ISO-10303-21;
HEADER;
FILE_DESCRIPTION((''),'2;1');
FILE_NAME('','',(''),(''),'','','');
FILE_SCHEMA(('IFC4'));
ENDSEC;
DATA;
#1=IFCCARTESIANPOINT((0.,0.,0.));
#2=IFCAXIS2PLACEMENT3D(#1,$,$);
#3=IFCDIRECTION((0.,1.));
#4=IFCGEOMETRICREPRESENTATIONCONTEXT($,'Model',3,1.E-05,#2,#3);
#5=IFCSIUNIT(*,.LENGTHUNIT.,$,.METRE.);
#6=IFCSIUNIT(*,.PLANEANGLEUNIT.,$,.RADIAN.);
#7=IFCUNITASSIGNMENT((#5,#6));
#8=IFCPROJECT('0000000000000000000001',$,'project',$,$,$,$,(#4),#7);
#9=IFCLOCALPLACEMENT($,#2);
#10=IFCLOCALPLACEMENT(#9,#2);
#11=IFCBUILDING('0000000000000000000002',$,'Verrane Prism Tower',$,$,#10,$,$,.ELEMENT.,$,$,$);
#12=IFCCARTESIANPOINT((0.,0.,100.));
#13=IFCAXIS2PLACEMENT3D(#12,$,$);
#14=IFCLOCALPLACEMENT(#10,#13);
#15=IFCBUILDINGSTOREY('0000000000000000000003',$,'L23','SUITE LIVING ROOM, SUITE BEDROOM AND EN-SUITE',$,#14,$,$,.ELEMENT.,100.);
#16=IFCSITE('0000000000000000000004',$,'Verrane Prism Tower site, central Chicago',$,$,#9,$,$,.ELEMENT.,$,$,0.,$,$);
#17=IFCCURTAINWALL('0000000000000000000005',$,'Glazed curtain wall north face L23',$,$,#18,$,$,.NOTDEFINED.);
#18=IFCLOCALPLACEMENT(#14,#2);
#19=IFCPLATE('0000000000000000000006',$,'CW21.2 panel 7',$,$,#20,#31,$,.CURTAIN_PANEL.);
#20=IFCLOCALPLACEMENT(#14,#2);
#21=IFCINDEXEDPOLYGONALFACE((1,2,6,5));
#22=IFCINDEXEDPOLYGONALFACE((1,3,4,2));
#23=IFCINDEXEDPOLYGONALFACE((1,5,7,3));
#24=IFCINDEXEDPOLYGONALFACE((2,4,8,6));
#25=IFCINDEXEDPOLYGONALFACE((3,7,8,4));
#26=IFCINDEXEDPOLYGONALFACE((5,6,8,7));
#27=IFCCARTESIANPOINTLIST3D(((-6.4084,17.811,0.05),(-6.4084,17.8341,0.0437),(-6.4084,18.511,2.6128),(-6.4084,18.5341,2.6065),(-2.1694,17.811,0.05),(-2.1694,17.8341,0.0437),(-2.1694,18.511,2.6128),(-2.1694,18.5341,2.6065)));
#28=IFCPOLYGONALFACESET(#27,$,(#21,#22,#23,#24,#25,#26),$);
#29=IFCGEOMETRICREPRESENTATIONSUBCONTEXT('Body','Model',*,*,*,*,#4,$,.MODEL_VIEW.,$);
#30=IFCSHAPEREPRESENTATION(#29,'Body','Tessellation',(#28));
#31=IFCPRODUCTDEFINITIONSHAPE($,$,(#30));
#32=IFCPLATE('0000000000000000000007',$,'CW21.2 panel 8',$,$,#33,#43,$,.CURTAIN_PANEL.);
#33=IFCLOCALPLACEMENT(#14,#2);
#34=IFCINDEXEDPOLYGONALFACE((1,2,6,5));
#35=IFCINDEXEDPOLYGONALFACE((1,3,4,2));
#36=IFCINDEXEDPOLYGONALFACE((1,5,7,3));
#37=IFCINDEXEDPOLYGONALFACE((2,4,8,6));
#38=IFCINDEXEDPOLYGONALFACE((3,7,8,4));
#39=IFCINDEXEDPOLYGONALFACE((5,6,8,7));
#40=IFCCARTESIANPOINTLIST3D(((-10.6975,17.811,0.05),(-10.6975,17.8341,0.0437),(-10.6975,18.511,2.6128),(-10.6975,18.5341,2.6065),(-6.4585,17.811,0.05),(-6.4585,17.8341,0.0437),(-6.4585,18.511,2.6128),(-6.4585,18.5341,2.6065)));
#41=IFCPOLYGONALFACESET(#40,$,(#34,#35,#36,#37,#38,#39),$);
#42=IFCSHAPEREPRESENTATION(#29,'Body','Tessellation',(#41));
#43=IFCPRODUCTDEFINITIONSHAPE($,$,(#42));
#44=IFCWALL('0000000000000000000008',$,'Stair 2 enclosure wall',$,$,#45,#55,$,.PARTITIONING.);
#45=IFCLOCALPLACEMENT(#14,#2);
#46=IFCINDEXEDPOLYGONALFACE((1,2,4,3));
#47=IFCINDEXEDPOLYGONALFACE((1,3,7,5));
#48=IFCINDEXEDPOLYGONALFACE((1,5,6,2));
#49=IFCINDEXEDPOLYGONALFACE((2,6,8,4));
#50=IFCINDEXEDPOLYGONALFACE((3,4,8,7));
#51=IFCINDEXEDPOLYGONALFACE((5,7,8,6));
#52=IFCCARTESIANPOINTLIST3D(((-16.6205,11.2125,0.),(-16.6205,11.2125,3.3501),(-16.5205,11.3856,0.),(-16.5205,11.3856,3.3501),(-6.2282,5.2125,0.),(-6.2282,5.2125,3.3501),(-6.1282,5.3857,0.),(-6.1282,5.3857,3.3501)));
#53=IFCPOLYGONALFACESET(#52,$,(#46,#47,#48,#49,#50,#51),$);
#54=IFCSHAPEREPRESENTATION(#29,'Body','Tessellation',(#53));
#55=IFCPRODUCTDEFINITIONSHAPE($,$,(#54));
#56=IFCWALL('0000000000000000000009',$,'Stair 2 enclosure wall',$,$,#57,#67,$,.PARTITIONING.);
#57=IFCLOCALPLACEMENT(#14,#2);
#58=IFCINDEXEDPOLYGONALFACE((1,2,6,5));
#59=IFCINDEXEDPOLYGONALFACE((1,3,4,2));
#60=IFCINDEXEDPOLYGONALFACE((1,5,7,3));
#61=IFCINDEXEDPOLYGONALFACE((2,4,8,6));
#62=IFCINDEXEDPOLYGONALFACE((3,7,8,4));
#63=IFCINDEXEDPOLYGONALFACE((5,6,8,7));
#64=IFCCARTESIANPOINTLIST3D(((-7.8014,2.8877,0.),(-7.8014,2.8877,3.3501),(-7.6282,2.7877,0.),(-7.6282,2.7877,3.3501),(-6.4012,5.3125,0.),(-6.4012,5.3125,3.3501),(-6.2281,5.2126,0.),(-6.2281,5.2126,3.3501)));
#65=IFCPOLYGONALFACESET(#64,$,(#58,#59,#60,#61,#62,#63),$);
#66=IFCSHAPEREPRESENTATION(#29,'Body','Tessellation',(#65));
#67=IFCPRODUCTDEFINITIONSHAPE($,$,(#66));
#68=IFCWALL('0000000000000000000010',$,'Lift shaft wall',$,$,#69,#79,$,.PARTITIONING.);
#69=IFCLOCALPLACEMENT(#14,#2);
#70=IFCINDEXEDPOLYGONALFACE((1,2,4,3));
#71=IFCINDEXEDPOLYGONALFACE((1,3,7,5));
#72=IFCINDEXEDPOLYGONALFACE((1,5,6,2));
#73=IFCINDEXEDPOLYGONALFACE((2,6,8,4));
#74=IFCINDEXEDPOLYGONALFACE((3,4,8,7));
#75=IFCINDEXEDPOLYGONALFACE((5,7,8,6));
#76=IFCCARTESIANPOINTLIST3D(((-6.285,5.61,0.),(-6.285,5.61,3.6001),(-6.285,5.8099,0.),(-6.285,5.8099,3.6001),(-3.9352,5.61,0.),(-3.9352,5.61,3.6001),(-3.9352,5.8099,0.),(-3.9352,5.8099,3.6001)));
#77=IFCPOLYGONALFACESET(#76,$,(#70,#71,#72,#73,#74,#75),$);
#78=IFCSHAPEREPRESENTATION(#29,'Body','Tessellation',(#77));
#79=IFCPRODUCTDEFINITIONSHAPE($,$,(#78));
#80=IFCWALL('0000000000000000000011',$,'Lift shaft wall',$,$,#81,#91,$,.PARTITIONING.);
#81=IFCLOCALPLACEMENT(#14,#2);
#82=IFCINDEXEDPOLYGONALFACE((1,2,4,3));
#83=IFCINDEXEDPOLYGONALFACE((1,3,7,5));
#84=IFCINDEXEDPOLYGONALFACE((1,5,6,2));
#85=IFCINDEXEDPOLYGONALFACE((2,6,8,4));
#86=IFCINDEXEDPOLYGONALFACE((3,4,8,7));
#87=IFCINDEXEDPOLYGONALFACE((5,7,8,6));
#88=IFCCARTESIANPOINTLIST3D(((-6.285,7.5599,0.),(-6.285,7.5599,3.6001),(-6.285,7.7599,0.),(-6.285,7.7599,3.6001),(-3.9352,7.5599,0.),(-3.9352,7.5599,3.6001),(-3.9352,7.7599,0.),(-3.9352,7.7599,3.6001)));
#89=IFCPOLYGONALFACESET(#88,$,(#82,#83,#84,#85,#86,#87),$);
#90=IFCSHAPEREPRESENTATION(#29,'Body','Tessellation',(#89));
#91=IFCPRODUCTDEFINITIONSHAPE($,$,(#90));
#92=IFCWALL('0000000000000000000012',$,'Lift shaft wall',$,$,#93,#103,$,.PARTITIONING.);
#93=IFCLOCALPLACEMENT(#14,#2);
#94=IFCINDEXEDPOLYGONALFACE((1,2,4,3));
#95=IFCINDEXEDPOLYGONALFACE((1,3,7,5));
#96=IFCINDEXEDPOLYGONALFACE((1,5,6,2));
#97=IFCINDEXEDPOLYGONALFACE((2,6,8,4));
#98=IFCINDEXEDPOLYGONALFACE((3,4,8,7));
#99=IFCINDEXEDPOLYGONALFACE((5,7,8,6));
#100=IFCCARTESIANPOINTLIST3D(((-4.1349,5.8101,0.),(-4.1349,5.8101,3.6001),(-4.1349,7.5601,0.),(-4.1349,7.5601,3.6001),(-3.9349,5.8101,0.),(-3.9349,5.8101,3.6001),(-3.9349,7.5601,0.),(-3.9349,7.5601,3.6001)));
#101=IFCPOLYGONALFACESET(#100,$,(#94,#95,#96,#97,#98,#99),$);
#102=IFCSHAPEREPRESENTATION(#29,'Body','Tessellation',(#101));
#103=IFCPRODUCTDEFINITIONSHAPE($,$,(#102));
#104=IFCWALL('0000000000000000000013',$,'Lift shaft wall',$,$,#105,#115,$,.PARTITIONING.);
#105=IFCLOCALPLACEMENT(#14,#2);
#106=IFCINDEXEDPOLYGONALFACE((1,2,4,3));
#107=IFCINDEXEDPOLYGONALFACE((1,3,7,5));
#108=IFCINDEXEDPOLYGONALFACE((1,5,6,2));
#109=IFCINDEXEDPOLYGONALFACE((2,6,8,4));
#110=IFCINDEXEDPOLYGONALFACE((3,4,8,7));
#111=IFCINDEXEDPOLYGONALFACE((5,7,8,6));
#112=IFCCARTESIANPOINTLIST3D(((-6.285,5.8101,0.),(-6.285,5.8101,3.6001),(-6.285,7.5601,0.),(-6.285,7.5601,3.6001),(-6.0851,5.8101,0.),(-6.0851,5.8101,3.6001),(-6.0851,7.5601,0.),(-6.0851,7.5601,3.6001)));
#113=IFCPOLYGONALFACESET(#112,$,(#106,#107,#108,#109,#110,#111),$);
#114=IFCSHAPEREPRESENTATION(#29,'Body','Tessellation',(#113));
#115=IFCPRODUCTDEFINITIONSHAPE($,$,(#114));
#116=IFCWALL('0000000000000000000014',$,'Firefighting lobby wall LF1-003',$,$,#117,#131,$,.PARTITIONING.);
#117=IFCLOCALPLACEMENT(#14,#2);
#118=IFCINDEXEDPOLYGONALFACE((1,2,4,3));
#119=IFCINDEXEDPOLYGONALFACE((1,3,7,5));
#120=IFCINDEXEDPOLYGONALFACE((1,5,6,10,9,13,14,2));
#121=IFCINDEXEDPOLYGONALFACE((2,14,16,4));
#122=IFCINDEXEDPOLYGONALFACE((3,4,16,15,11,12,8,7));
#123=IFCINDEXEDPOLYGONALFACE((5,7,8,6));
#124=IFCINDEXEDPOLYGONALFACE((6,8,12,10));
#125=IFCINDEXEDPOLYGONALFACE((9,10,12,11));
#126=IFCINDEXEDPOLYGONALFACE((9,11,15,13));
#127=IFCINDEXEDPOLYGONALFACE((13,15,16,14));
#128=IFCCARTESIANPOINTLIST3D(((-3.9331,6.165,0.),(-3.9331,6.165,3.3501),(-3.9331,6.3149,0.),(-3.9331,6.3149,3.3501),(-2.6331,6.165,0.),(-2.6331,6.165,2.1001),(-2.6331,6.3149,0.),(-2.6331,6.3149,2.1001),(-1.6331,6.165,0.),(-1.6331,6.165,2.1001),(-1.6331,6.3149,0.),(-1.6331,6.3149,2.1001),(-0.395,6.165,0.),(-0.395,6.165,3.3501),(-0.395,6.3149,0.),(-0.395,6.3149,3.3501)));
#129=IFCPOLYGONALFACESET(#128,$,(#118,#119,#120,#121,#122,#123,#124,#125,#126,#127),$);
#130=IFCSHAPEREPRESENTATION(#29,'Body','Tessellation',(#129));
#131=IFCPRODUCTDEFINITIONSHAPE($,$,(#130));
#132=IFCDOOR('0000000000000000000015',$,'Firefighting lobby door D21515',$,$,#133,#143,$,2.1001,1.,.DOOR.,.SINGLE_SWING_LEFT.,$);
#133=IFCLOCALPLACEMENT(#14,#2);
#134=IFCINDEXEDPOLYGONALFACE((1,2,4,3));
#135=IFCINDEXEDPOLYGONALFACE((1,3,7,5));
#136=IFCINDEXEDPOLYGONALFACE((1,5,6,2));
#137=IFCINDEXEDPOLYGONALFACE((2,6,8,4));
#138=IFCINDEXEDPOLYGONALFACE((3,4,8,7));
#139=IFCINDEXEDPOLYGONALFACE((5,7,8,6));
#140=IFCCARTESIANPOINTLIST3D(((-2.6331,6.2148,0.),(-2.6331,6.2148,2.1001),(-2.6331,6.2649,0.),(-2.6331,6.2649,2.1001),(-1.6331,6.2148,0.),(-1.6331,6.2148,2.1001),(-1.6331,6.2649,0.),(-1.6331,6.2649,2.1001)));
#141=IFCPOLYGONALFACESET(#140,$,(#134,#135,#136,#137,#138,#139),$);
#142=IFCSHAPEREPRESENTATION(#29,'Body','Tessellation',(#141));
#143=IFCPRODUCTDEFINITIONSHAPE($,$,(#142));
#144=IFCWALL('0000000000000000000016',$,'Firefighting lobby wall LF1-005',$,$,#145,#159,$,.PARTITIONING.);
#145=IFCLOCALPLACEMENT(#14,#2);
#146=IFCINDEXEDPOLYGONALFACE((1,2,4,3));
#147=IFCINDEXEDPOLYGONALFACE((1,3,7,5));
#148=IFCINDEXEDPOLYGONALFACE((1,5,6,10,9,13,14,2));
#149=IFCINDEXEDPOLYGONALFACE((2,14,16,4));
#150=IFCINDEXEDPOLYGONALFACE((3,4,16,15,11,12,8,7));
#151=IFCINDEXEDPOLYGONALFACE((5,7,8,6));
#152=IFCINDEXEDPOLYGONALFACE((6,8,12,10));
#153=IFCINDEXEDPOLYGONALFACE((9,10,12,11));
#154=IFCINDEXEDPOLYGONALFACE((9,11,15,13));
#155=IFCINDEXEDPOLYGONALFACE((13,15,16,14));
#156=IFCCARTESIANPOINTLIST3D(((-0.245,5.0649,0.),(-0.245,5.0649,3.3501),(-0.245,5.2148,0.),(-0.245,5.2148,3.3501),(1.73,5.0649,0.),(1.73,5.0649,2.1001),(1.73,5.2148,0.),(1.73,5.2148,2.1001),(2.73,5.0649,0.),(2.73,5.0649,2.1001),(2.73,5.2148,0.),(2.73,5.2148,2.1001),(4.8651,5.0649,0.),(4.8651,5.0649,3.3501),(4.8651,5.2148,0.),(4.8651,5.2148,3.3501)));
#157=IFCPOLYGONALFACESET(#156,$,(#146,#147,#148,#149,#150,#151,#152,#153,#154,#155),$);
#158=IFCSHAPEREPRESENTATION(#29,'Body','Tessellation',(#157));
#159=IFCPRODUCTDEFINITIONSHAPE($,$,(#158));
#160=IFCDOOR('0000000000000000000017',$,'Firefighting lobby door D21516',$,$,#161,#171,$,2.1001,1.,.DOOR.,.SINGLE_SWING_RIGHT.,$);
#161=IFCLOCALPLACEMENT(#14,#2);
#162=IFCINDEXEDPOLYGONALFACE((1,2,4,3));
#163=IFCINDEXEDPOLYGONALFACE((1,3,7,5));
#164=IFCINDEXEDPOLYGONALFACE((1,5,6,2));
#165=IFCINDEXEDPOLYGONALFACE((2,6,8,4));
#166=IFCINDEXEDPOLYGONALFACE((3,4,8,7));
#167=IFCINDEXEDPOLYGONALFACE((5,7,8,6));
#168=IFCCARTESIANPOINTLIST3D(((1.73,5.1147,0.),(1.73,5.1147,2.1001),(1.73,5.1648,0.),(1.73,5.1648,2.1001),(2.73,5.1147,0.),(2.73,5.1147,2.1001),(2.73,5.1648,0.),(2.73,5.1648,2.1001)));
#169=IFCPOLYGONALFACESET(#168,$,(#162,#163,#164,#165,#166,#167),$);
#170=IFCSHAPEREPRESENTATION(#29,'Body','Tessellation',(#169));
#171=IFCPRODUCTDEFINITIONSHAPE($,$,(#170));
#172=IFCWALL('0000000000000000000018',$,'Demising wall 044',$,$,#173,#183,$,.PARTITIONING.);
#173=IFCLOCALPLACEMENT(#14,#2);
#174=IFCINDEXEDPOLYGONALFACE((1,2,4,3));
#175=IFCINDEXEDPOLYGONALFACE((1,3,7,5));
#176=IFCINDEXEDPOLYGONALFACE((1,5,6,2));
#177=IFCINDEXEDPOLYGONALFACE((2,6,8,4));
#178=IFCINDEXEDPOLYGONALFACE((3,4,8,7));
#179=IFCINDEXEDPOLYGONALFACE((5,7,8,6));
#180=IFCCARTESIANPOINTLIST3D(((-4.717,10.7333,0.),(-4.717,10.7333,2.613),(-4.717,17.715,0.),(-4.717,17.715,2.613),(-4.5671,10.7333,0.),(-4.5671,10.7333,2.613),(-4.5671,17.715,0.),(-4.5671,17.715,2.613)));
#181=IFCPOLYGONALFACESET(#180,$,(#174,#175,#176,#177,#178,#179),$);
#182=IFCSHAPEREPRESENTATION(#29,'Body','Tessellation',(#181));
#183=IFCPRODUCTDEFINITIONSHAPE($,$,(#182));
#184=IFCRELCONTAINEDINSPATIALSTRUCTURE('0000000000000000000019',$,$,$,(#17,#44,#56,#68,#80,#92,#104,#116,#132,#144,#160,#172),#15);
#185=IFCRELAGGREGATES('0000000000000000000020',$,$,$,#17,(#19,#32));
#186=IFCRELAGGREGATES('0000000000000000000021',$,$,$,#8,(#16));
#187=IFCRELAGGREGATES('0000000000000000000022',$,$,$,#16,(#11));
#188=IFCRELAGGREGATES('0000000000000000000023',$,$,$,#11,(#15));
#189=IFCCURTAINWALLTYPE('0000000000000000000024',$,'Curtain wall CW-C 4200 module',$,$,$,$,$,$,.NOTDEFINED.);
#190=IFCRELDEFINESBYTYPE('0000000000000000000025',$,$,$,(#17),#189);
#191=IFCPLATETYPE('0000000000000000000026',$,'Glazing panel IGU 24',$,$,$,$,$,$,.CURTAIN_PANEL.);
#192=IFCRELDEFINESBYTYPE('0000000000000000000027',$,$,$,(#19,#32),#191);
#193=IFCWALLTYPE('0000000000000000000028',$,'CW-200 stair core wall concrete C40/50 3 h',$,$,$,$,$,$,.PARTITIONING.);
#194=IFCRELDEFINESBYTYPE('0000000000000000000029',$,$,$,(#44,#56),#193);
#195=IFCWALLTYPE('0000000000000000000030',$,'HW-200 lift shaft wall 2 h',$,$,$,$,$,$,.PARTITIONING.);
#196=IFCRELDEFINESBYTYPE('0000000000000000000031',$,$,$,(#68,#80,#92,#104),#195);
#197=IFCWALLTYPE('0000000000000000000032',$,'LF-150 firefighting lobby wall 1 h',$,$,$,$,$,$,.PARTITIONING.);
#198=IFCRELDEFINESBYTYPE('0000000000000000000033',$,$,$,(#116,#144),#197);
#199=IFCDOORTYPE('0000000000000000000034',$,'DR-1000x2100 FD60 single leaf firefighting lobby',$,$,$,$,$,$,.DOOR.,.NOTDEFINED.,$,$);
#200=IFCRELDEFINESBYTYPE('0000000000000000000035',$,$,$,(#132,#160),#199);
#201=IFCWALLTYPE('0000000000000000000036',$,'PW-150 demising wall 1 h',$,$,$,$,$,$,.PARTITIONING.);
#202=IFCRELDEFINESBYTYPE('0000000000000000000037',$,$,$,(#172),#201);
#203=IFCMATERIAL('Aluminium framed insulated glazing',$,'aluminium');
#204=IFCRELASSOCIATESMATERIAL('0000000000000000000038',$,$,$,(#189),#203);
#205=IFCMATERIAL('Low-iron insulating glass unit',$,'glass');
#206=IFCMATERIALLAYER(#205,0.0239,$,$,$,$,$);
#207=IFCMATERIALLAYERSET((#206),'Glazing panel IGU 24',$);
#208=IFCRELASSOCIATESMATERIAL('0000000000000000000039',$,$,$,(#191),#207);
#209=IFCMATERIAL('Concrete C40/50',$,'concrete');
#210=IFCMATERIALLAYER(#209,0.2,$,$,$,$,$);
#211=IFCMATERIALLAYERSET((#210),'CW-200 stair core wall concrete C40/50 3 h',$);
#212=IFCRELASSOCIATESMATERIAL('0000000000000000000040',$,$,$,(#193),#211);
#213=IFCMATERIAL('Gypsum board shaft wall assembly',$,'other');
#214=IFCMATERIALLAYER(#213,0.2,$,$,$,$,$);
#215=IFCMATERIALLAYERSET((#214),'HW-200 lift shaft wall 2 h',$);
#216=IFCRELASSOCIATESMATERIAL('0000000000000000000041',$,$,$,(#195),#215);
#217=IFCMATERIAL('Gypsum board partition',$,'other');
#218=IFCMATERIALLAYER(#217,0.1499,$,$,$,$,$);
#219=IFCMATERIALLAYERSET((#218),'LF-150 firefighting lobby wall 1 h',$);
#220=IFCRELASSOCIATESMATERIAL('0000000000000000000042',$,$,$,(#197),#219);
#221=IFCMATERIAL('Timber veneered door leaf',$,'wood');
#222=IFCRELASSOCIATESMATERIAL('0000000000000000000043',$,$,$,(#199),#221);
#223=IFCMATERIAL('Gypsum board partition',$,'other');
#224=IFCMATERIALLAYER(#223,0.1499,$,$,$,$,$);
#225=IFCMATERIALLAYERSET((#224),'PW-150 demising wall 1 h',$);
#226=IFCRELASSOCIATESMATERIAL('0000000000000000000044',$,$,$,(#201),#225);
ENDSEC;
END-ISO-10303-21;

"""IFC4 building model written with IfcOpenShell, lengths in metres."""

from ifc_helpers import new_model, si_unit, direction, frame, frame_2d, origin, place, context, subcontext, project, spatial, polyline, rectangle, outline, extrude, material, layer, layer_set, type_object, element, fill, aggregate, save


model = new_model("IFC4")

# Units and contexts
model_context = context("Model", 3, precision=1e-05, world=origin(), true_north=direction((0.0, 1.0)))
body_context = subcontext(model_context, "Body", "Model", "MODEL_VIEW")
ifc_project = project(units=[si_unit("LENGTHUNIT", "METRE"), si_unit("PLANEANGLEUNIT", "RADIAN")], contexts=[model_context])

# Site, building, storey
site_placement = place(None, origin())
site = spatial("IfcSite", under=ifc_project, at=site_placement, Name="Verrane Prism Tower site, central Chicago", CompositionType="ELEMENT", RefElevation=0.0)
building_placement = place(site_placement, origin())
building = spatial("IfcBuilding", under=site, at=building_placement, Name="Verrane Prism Tower", CompositionType="ELEMENT")
storey_placement = place(building_placement, frame((0.0, 0.0, 100.0)))
storey = spatial("IfcBuildingStorey", under=building, at=storey_placement, Name="L23", Description="SUITE LIVING ROOM, SUITE BEDROOM AND EN-SUITE", CompositionType="ELEMENT", Elevation=100.0)

# Curtain wall
ifc_material_1 = material(Name="Aluminium framed insulated glazing", Category="aluminium")
curtain_wall_type = type_object("IfcCurtainWallType", Name="Curtain wall CW-C 4200 module", PredefinedType="NOTDEFINED", material=ifc_material_1)
curtain_wall_placement = place(storey_placement, origin())
curtain_wall = element("IfcCurtainWall", 1, at=curtain_wall_placement, inside=storey, type_object=curtain_wall_type, Name="Glazed curtain wall north face L23", PredefinedType="NOTDEFINED")

# Plates
ifc_material_2 = material(Name="Low-iron insulating glass unit", Category="glass")
ifc_layer_1 = layer(ifc_material_2, 0.0239)
ifc_layer_set_1 = layer_set([ifc_layer_1], Name="Glazing panel IGU 24")
plate_type = type_object("IfcPlateType", Name="Glazing panel IGU 24", PredefinedType="CURTAIN_PANEL", material=ifc_layer_set_1)
plate_1_placement = place(storey_placement, frame((-2.1694, 17.811, 0.05), z_axis=(0.0, -0.964666, 0.263475), x_axis=(-1.0, 0.0, 0.0)))
plate_1 = element("IfcPlate", 2, at=plate_1_placement, type_object=plate_type, Name="CW21.2 panel 7", PredefinedType="CURTAIN_PANEL", context=body_context, shape_type="SweptSolid", body=[
    extrude(outline(polyline([(0.0, 0.0), (4.239, 0.0), (4.239, -2.6566), (0.0, -2.6566), (0.0, 0.0)])), origin(), (0.0, 0.0, -1.0), 0.0239),
])
plate_2_placement = place(storey_placement, frame((-6.4585, 17.811, 0.05), z_axis=(0.0, -0.964666, 0.263475), x_axis=(-1.0, 0.0, 0.0)))
plate_2 = element("IfcPlate", 3, at=plate_2_placement, type_object=plate_type, Name="CW21.2 panel 8", PredefinedType="CURTAIN_PANEL", context=body_context, shape_type="SweptSolid", body=[
    extrude(outline(polyline([(0.0, 0.0), (4.239, 0.0), (4.239, -2.6566), (0.0, -2.6566), (0.0, 0.0)])), origin(), (0.0, 0.0, -1.0), 0.0239),
])
aggregate(curtain_wall, [plate_1, plate_2])

# Walls
ifc_material_3 = material(Name="Concrete C40/50", Category="concrete")
ifc_layer_2 = layer(ifc_material_3, 0.2)
ifc_layer_set_2 = layer_set([ifc_layer_2], Name="CW-200 stair core wall concrete C40/50 3 h")
wall_type_1 = type_object("IfcWallType", Name="CW-200 stair core wall concrete C40/50 3 h", PredefinedType="PARTITIONING", material=ifc_layer_set_2)
wall_1_placement = place(storey_placement, frame((-6.1782, 5.2991, 0.0), z_axis=(0.0, 0.0, 1.0), x_axis=(-0.866026, 0.499999, 0.0)))
element("IfcWall", 4, at=wall_1_placement, inside=storey, type_object=wall_type_1, Name="Stair 2 enclosure wall", PredefinedType="PARTITIONING", context=body_context, shape_type="SweptSolid", body=[
    extrude(rectangle(XDim=12.0, YDim=0.2, at=frame_2d((6.0, 0.0))), origin(), (0.0, 0.0, 1.0), 3.3501),
])
wall_2_placement = place(storey_placement, frame((-6.3147, 5.2625, 0.0), z_axis=(0.0, 0.0, 1.0), x_axis=(-0.50005, -0.865997, 0.0)))
element("IfcWall", 5, at=wall_2_placement, inside=storey, type_object=wall_type_1, Name="Stair 2 enclosure wall", PredefinedType="PARTITIONING", context=body_context, shape_type="SweptSolid", body=[
    extrude(rectangle(XDim=2.8, YDim=0.2, at=frame_2d((1.3999, 0.0))), origin(), (0.0, 0.0, 1.0), 3.3501),
])
ifc_material_4 = material(Name="Gypsum board shaft wall assembly", Category="other")
ifc_layer_3 = layer(ifc_material_4, 0.2)
ifc_layer_set_3 = layer_set([ifc_layer_3], Name="HW-200 lift shaft wall 2 h")
wall_type_2 = type_object("IfcWallType", Name="HW-200 lift shaft wall 2 h", PredefinedType="PARTITIONING", material=ifc_layer_set_3)
for number, where, z_axis, x_axis, name in (
    (6, (-6.2849, 5.71, 0.0), (0.0, 0.0, 1.0), (1.0, 0.0, 0.0), "Lift shaft wall"),
    (7, (-6.2849, 7.6599, 0.0), (0.0, 0.0, 1.0), (1.0, 0.0, 0.0), "Lift shaft wall"),
):
    element("IfcWall", number, at=place(storey_placement, frame(where, z_axis=z_axis, x_axis=x_axis)), inside=storey, type_object=wall_type_2, Name=name, PredefinedType="PARTITIONING", context=body_context, shape_type="SweptSolid", body=[
        extrude(rectangle(XDim=2.3499, YDim=0.2, at=frame_2d((1.1748, 0.0))), origin(), (0.0, 0.0, 1.0), 3.6001),
    ])
for number, where, z_axis, x_axis, name in (
    (8, (-4.0349, 5.8101, 0.0), (0.0, 0.0, 1.0), (0.0, 1.0, 0.0), "Lift shaft wall"),
    (9, (-6.1851, 5.8101, 0.0), (0.0, 0.0, 1.0), (0.0, 1.0, 0.0), "Lift shaft wall"),
):
    element("IfcWall", number, at=place(storey_placement, frame(where, z_axis=z_axis, x_axis=x_axis)), inside=storey, type_object=wall_type_2, Name=name, PredefinedType="PARTITIONING", context=body_context, shape_type="SweptSolid", body=[
        extrude(rectangle(XDim=1.75, YDim=0.2, at=frame_2d((0.875, 0.0))), origin(), (0.0, 0.0, 1.0), 3.6001),
    ])

# Walls, openings, doors
ifc_material_5 = material(Name="Gypsum board partition", Category="other")
ifc_layer_4 = layer(ifc_material_5, 0.1499)
ifc_layer_set_4 = layer_set([ifc_layer_4], Name="LF-150 firefighting lobby wall 1 h")
wall_type_3 = type_object("IfcWallType", Name="LF-150 firefighting lobby wall 1 h", PredefinedType="PARTITIONING", material=ifc_layer_set_4)
wall_3_placement = place(storey_placement, frame((-3.9331, 6.24, 0.0), z_axis=(0.0, 0.0, 1.0), x_axis=(1.0, 0.0, 0.0)))
wall_3 = element("IfcWall", 10, at=wall_3_placement, inside=storey, type_object=wall_type_3, Name="Firefighting lobby wall LF1-003", PredefinedType="PARTITIONING", context=body_context, shape_type="SweptSolid", body=[
    extrude(rectangle(XDim=3.5381, YDim=0.1499, at=frame_2d((1.769, 0.0))), origin(), (0.0, 0.0, 1.0), 3.3501),
])
opening_1_placement = place(wall_3_placement, frame((1.3, 0.0, 0.0)))
opening_1 = element("IfcOpeningElement", 11, at=opening_1_placement, cuts=wall_3, PredefinedType="OPENING", context=body_context, shape_type="SweptSolid", body=[
    extrude(rectangle(XDim=1.0, YDim=2.1001, at=frame_2d((0.5, 1.05))), frame((0.0, 0.085, 0.0), z_axis=(0.0, -1.0, 0.0), x_axis=(1.0, 0.0, 0.0)), (0.0, 0.0, 1.0), 0.1699),
])
ifc_material_6 = material(Name="Timber veneered door leaf", Category="wood")
door_type_1 = type_object("IfcDoorType", Name="DR-1000x2100 FD60 single leaf firefighting lobby", OperationType="NOTDEFINED", PredefinedType="DOOR", material=ifc_material_6)
door_1_placement = place(opening_1_placement, origin())
door_1 = element("IfcDoor", 12, at=door_1_placement, inside=storey, type_object=door_type_1, Name="Firefighting lobby door D21515", OperationType="SINGLE_SWING_LEFT", OverallHeight=2.1001, OverallWidth=1.0, PredefinedType="DOOR", context=body_context, shape_type="SweptSolid", body=[
    extrude(rectangle(XDim=1.0, YDim=2.1001, at=frame_2d((0.5, 1.05))), frame((0.0, 0.0249, 0.0), z_axis=(0.0, -1.0, 0.0), x_axis=(1.0, 0.0, 0.0)), (0.0, 0.0, 1.0), 0.05),
])
fill(opening_1, door_1)
wall_4_placement = place(storey_placement, frame((-0.2451, 5.1399, 0.0), z_axis=(0.0, 0.0, 1.0), x_axis=(1.0, 0.0, 0.0)))
wall_4 = element("IfcWall", 13, at=wall_4_placement, inside=storey, type_object=wall_type_3, Name="Firefighting lobby wall LF1-005", PredefinedType="PARTITIONING", context=body_context, shape_type="SweptSolid", body=[
    extrude(rectangle(XDim=5.1101, YDim=0.1499, at=frame_2d((2.5552, 0.0))), origin(), (0.0, 0.0, 1.0), 3.3501),
])
opening_2_placement = place(wall_4_placement, frame((1.9751, 0.0, 0.0)))
opening_2 = element("IfcOpeningElement", 14, at=opening_2_placement, cuts=wall_4, PredefinedType="OPENING", context=body_context, shape_type="SweptSolid", body=[
    extrude(rectangle(XDim=1.0, YDim=2.1001, at=frame_2d((0.5, 1.05))), frame((0.0, 0.085, 0.0), z_axis=(0.0, -1.0, 0.0), x_axis=(1.0, 0.0, 0.0)), (0.0, 0.0, 1.0), 0.1699),
])
door_2_placement = place(opening_2_placement, origin())
door_2 = element("IfcDoor", 15, at=door_2_placement, inside=storey, type_object=door_type_1, Name="Firefighting lobby door D21516", OperationType="SINGLE_SWING_RIGHT", OverallHeight=2.1001, OverallWidth=1.0, PredefinedType="DOOR", context=body_context, shape_type="SweptSolid", body=[
    extrude(rectangle(XDim=1.0, YDim=2.1001, at=frame_2d((0.5, 1.05))), frame((0.0, 0.0249, 0.0), z_axis=(0.0, -1.0, 0.0), x_axis=(1.0, 0.0, 0.0)), (0.0, 0.0, 1.0), 0.05),
])
fill(opening_2, door_2)

# Wall
ifc_material_7 = material(Name="Gypsum board partition", Category="other")
ifc_layer_5 = layer(ifc_material_7, 0.1499)
ifc_layer_set_5 = layer_set([ifc_layer_5], Name="PW-150 demising wall 1 h")
wall_type_4 = type_object("IfcWallType", Name="PW-150 demising wall 1 h", PredefinedType="PARTITIONING", material=ifc_layer_set_5)
wall_5_placement = place(storey_placement, frame((-4.6421, 10.7334, 0.0), z_axis=(0.0, 0.0, 1.0), x_axis=(0.0, 1.0, 0.0)))
element("IfcWall", 16, at=wall_5_placement, inside=storey, type_object=wall_type_4, Name="Demising wall 044", PredefinedType="PARTITIONING", context=body_context, shape_type="SweptSolid", body=[
    extrude(rectangle(XDim=6.9817, YDim=0.1499, at=frame_2d((3.4907, 0.0))), origin(), (0.0, 0.0, 1.0), 2.613),
])

save(model, "model.ifc")
